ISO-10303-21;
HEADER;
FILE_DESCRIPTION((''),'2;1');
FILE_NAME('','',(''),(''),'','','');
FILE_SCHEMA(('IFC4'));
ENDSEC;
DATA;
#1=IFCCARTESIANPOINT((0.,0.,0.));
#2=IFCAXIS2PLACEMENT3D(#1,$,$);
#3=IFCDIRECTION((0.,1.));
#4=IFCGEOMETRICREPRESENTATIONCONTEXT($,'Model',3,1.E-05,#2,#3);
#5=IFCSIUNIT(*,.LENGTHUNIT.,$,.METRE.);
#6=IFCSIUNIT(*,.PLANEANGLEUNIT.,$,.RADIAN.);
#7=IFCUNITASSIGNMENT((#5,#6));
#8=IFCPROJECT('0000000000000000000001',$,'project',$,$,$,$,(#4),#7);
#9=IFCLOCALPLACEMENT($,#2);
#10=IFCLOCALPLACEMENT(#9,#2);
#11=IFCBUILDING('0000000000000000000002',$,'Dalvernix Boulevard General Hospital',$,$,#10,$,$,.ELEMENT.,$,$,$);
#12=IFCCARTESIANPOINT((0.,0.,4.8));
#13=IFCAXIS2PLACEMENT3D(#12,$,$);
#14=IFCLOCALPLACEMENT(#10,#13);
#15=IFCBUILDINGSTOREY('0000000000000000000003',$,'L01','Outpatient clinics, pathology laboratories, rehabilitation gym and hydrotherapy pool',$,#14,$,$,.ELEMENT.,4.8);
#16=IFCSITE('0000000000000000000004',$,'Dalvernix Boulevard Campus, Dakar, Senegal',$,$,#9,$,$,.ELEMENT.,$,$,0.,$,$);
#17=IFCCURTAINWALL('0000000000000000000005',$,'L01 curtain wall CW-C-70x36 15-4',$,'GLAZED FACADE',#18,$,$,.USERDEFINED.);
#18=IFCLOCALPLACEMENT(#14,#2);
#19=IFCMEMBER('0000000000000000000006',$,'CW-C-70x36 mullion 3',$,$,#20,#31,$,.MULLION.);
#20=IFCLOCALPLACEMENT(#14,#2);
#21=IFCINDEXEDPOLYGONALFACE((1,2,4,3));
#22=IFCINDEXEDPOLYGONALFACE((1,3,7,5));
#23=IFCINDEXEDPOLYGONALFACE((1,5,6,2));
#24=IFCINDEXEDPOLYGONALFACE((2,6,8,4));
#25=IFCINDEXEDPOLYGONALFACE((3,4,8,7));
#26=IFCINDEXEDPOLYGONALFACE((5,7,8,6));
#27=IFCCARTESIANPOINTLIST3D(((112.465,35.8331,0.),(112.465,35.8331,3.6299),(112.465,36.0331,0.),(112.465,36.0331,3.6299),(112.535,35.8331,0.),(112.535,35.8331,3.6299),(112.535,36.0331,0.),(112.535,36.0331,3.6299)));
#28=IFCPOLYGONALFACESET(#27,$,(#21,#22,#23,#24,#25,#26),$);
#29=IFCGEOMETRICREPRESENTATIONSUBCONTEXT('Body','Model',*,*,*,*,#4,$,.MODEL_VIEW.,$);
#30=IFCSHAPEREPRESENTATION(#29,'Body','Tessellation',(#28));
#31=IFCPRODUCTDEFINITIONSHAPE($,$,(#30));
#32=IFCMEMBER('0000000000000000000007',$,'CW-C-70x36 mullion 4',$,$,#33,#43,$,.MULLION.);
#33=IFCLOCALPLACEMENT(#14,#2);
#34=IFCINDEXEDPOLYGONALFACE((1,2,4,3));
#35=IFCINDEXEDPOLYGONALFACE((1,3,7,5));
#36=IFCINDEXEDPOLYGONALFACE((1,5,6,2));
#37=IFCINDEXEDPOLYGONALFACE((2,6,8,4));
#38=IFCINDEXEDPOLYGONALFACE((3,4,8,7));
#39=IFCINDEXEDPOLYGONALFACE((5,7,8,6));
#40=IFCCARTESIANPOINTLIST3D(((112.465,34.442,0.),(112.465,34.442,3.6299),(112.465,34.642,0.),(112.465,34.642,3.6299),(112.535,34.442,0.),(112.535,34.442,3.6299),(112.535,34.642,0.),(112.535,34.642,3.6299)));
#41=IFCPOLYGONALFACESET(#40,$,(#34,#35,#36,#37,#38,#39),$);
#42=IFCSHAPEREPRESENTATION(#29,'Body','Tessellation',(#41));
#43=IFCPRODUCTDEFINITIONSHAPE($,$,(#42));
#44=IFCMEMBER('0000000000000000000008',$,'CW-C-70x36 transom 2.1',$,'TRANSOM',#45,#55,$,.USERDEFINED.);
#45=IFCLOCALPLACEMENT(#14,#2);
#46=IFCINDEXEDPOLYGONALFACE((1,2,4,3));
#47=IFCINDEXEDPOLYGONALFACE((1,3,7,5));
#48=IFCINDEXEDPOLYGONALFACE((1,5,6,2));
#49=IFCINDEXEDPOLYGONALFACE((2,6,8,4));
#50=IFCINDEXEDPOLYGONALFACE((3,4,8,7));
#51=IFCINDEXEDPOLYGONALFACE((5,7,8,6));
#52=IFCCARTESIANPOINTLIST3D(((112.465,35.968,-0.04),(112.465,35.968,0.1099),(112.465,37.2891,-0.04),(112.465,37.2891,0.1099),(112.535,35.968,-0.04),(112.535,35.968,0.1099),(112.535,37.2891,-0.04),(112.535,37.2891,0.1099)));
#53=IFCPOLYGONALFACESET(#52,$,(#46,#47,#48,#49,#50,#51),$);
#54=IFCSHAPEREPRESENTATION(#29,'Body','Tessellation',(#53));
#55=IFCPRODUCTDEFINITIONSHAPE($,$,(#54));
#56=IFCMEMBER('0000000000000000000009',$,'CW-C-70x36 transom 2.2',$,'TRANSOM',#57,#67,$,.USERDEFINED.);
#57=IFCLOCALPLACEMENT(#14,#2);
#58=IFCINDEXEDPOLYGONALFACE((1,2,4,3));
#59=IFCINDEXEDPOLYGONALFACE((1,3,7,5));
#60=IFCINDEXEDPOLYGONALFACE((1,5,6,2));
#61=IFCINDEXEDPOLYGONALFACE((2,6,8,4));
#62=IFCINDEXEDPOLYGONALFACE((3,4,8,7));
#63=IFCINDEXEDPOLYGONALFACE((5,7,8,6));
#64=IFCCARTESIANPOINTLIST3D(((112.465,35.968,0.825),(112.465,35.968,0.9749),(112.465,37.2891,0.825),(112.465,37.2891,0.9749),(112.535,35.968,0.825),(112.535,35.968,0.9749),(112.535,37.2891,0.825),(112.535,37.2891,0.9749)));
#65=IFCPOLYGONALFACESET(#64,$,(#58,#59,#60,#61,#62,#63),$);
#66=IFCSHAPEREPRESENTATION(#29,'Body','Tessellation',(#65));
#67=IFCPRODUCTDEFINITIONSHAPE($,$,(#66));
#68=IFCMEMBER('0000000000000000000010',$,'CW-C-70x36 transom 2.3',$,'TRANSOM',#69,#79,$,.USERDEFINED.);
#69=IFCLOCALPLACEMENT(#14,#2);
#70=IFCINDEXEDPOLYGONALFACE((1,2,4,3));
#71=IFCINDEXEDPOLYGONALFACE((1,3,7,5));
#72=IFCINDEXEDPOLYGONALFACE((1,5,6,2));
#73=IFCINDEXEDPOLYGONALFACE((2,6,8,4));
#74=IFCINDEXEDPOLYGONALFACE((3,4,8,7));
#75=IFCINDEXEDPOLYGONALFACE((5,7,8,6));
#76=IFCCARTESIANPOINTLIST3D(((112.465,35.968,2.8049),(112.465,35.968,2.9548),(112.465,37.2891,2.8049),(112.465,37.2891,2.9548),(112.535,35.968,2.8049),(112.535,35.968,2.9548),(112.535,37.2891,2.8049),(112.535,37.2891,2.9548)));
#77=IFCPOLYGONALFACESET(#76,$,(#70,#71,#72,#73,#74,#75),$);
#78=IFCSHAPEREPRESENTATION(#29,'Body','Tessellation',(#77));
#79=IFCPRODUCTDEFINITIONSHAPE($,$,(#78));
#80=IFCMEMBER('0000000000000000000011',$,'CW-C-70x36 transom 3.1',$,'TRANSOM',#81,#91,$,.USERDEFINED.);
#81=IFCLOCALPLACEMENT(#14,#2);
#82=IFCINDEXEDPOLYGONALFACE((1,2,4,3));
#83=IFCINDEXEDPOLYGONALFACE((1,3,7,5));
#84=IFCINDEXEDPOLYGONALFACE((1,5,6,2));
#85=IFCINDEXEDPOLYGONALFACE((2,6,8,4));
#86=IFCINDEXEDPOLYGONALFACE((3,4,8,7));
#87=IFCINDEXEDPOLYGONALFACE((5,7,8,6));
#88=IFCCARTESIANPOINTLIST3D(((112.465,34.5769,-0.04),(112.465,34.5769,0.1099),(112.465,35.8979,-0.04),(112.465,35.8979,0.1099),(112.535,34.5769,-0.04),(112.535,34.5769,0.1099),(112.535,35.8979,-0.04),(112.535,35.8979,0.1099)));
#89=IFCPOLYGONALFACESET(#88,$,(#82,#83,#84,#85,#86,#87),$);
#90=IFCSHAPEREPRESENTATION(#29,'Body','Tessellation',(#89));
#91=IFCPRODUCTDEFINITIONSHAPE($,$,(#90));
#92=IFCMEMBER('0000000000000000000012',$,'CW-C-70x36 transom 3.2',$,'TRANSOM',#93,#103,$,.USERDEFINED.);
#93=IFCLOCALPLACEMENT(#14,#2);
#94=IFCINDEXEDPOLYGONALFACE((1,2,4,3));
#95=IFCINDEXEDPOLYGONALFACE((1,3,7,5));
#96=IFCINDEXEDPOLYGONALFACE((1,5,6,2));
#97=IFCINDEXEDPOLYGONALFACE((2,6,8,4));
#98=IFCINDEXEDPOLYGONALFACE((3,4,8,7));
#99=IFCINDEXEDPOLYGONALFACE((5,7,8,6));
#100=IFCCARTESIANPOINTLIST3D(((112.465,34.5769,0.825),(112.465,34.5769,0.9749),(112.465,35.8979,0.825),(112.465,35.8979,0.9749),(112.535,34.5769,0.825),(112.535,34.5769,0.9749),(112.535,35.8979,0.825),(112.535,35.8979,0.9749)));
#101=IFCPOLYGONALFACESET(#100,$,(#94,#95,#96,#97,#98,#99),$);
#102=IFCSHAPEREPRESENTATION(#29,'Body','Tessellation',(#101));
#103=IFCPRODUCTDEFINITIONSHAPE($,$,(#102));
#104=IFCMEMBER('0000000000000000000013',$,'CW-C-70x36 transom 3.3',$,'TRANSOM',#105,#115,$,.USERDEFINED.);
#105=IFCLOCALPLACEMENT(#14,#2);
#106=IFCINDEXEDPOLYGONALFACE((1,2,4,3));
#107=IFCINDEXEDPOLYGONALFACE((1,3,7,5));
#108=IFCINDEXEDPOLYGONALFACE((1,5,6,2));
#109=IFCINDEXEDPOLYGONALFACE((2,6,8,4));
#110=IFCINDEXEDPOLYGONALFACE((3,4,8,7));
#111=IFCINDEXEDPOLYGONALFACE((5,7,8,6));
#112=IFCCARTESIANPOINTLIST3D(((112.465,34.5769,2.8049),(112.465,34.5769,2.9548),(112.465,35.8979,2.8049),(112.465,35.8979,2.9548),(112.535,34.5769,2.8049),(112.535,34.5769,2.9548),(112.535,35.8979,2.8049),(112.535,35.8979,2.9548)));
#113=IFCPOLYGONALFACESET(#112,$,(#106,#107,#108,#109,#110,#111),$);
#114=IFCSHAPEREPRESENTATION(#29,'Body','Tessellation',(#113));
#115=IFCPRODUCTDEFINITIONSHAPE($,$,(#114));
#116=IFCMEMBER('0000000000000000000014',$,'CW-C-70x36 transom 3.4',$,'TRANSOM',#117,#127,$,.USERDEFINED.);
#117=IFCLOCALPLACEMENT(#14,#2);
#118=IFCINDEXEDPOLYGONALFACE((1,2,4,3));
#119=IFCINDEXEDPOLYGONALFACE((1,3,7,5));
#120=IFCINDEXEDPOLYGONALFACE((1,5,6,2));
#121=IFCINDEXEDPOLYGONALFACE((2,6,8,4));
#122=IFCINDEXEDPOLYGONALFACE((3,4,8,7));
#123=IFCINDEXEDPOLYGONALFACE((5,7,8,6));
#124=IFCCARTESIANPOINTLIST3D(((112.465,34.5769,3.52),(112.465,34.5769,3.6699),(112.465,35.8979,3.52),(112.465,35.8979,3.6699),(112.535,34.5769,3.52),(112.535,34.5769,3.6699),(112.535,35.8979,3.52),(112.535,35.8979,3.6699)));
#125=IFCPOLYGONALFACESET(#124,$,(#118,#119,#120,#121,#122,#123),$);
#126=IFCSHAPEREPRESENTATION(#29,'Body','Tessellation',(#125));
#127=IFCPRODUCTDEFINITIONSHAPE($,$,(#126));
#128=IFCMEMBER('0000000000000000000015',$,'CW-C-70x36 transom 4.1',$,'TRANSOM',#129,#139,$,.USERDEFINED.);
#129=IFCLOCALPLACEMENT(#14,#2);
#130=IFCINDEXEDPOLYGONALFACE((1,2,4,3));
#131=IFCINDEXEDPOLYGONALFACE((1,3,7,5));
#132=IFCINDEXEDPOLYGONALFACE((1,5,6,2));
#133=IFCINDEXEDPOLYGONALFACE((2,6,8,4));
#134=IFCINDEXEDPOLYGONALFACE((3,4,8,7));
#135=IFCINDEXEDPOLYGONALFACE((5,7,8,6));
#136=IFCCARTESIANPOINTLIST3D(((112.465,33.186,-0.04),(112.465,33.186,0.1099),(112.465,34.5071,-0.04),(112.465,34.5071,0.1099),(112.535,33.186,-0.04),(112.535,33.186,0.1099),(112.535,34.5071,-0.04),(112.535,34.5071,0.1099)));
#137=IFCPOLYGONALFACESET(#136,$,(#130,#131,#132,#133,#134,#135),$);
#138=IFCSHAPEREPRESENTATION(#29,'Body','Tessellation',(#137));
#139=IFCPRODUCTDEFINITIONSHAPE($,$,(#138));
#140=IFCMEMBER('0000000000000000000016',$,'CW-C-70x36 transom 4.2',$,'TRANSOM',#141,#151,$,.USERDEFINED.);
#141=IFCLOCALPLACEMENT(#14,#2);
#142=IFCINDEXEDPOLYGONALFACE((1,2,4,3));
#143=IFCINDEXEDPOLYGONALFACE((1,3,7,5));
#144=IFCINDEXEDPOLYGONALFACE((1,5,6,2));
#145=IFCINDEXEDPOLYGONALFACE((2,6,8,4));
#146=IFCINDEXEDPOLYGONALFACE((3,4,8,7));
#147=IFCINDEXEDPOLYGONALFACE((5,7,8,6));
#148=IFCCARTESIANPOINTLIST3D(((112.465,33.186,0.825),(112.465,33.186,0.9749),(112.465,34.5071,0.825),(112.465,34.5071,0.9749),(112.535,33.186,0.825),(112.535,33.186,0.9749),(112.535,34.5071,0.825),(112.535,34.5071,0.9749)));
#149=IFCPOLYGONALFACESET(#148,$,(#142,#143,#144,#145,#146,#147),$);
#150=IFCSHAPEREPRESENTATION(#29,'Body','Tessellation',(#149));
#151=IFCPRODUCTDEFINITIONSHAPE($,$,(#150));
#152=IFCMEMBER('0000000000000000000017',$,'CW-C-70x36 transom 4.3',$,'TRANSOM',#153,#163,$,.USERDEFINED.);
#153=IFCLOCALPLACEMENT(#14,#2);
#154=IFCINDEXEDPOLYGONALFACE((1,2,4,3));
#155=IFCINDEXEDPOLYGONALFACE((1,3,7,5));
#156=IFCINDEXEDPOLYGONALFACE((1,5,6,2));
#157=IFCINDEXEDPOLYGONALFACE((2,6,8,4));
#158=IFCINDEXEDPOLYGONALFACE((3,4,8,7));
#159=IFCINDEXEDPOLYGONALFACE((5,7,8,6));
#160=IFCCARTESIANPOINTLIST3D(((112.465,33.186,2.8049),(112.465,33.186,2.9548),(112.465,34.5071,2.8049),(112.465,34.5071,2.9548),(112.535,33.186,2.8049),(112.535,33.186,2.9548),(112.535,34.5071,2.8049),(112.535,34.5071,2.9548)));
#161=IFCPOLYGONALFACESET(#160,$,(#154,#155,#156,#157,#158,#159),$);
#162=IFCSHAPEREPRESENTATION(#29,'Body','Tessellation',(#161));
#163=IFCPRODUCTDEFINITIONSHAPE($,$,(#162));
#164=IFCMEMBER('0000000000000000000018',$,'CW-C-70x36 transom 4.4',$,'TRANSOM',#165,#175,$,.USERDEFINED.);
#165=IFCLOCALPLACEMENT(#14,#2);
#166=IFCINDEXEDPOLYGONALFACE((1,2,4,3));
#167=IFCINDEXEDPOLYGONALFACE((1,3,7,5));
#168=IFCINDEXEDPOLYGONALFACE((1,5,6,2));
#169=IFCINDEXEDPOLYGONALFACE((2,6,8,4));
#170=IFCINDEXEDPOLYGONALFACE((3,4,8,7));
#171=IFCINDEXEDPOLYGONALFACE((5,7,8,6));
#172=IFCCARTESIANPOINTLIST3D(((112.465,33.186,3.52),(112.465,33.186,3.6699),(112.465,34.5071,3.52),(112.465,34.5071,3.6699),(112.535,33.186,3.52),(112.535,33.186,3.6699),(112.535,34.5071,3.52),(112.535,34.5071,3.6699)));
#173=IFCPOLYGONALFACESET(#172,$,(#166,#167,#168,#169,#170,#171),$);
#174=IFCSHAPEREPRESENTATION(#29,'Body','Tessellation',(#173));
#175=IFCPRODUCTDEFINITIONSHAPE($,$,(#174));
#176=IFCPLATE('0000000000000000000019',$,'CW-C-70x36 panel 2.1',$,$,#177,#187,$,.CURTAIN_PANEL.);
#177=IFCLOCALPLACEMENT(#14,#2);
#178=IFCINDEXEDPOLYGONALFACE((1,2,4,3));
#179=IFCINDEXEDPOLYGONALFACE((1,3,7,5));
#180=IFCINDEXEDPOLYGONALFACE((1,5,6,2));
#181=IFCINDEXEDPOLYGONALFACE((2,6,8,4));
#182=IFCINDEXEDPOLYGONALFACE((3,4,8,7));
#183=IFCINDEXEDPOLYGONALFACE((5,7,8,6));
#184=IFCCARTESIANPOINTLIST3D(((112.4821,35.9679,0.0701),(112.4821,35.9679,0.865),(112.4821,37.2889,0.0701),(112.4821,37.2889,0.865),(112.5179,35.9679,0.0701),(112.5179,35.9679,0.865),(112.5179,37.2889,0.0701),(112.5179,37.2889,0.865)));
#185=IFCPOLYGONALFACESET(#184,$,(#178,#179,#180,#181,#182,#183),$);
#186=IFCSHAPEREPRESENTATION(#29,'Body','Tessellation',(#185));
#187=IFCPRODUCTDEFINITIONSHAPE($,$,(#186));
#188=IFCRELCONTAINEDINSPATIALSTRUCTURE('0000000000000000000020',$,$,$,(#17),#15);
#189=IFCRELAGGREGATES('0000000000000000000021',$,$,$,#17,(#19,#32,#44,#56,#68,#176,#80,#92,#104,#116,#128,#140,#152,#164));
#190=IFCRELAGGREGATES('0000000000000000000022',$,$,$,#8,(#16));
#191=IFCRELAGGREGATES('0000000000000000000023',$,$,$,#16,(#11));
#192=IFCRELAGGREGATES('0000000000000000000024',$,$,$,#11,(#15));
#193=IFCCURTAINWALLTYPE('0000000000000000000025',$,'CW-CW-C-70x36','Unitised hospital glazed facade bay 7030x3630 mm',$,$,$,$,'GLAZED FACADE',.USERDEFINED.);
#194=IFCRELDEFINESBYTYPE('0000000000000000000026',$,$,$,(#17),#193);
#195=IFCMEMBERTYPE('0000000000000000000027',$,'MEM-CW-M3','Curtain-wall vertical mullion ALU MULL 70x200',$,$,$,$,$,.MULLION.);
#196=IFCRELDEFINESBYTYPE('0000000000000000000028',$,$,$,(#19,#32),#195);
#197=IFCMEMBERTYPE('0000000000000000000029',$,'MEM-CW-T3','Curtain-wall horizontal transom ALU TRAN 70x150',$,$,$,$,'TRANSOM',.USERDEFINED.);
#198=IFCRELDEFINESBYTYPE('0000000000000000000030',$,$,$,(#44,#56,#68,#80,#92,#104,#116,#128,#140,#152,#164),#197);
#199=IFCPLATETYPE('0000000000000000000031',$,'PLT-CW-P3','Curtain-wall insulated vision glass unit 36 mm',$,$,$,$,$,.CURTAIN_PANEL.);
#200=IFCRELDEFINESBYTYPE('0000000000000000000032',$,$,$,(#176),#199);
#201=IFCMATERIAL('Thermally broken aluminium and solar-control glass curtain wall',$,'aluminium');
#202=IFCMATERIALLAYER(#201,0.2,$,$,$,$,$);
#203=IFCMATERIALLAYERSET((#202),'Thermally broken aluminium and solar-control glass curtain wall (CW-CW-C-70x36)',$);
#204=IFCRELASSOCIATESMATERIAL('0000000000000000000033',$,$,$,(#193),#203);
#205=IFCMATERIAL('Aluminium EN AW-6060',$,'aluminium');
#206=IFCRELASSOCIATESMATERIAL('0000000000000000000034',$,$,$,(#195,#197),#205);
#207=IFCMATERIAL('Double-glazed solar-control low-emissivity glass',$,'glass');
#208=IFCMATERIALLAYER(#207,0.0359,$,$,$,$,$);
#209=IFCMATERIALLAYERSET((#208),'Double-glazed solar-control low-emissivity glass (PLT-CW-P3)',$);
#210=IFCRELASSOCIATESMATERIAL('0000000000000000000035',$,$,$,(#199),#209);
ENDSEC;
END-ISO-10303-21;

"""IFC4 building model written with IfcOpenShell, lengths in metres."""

from ifc_helpers import new_model, si_unit, direction, frame, origin, origin_2d, place, context, subcontext, project, spatial, rectangle, extrude, material, layer, layer_set, material_profile, profile_set, type_object, element, aggregate, save


model = new_model("IFC4")

# Units and contexts
model_context = context("Model", 3, precision=1e-05, world=origin(), true_north=direction((0.0, 1.0)))
body_context = subcontext(model_context, "Body", "Model", "MODEL_VIEW")
ifc_project = project(units=[si_unit("LENGTHUNIT", "METRE"), si_unit("PLANEANGLEUNIT", "RADIAN")], contexts=[model_context])

# Site, building, storey
site_placement = place(None, origin())
site = spatial("IfcSite", under=ifc_project, at=site_placement, Name="Dalvernix Boulevard Campus, Dakar, Senegal", CompositionType="ELEMENT", RefElevation=0.0)
building_placement = place(site_placement, origin())
building = spatial("IfcBuilding", under=site, at=building_placement, Name="Dalvernix Boulevard General Hospital", CompositionType="ELEMENT")
storey_placement = place(building_placement, frame((0.0, 0.0, 4.8)))
storey = spatial("IfcBuildingStorey", under=building, at=storey_placement, Name="L01", Description="Outpatient clinics, pathology laboratories, rehabilitation gym and hydrotherapy pool", CompositionType="ELEMENT", Elevation=4.8)

# Curtain wall, members, plate
ifc_material_1 = material(Name="Thermally broken aluminium and solar-control glass curtain wall", Category="aluminium")
ifc_layer_1 = layer(ifc_material_1, 0.2)
ifc_layer_set_1 = layer_set([ifc_layer_1], Name="Thermally broken aluminium and solar-control glass curtain wall (CW-CW-C-70x36)")
curtain_wall_type = type_object("IfcCurtainWallType", Name="CW-CW-C-70x36", Description="Unitised hospital glazed facade bay 7030x3630 mm", ElementType="GLAZED FACADE", PredefinedType="USERDEFINED", material=ifc_layer_set_1)
curtain_wall_placement = place(storey_placement, origin())
curtain_wall = element("IfcCurtainWall", 1, at=curtain_wall_placement, inside=storey, type_object=curtain_wall_type, Name="L01 curtain wall CW-C-70x36 15-4", ObjectType="GLAZED FACADE", PredefinedType="USERDEFINED")
ifc_material_2 = material(Name="Aluminium EN AW-6060", Category="aluminium")
ifc_material_profile_1 = material_profile(ifc_material_2, rectangle(XDim=0.0701, YDim=0.2, at=origin_2d()), Name="ALU MULL 70x200")
ifc_profile_set_1 = profile_set([ifc_material_profile_1], Name="Aluminium EN AW-6060")
member_type_1 = type_object("IfcMemberType", Name="MEM-CW-M3", Description="Curtain-wall vertical mullion ALU MULL 70x200", PredefinedType="MULLION", material=ifc_profile_set_1)
member_1_placement = place(storey_placement, frame((112.5, 35.9331, 0.0), z_axis=(0.0, 0.0, 1.0), x_axis=(1.0, 0.0, 0.0)))
member_1 = element("IfcMember", 2, at=member_1_placement, type_object=member_type_1, Name="CW-C-70x36 mullion 3", PredefinedType="MULLION", context=body_context, shape_type="SweptSolid", body=[
    extrude(rectangle(XDim=0.0701, YDim=0.2, at=origin_2d()), origin(), (0.0, 0.0, 1.0), 3.6299),
])
member_2_placement = place(storey_placement, frame((112.5, 34.542, 0.0), z_axis=(0.0, 0.0, 1.0), x_axis=(1.0, 0.0, 0.0)))
member_2 = element("IfcMember", 3, at=member_2_placement, type_object=member_type_1, Name="CW-C-70x36 mullion 4", PredefinedType="MULLION", context=body_context, shape_type="SweptSolid", body=[
    extrude(rectangle(XDim=0.0701, YDim=0.2, at=origin_2d()), origin(), (0.0, 0.0, 1.0), 3.6299),
])
ifc_material_profile_2 = material_profile(ifc_material_2, rectangle(XDim=0.0701, YDim=0.1499, at=origin_2d()), Name="ALU TRAN 70x150")
ifc_profile_set_2 = profile_set([ifc_material_profile_2], Name="Aluminium EN AW-6060")
member_type_2 = type_object("IfcMemberType", Name="MEM-CW-T3", Description="Curtain-wall horizontal transom ALU TRAN 70x150", ElementType="TRANSOM", PredefinedType="USERDEFINED", material=ifc_profile_set_2)
member_3_placement = place(storey_placement, frame((112.5, 37.2891, 0.0349), z_axis=(0.0, -1.0, 0.0), x_axis=(1.0, 0.0, 0.0)))
member_3 = element("IfcMember", 4, at=member_3_placement, type_object=member_type_2, Name="CW-C-70x36 transom 2.1", ObjectType="TRANSOM", PredefinedType="USERDEFINED", context=body_context, shape_type="SweptSolid", body=[
    extrude(rectangle(XDim=0.0701, YDim=0.1499, at=origin_2d()), origin(), (0.0, 0.0, 1.0), 1.321),
])
member_4_placement = place(storey_placement, frame((112.5, 37.2891, 0.8999), z_axis=(0.0, -1.0, 0.0), x_axis=(1.0, 0.0, 0.0)))
member_4 = element("IfcMember", 5, at=member_4_placement, type_object=member_type_2, Name="CW-C-70x36 transom 2.2", ObjectType="TRANSOM", PredefinedType="USERDEFINED", context=body_context, shape_type="SweptSolid", body=[
    extrude(rectangle(XDim=0.0701, YDim=0.1499, at=origin_2d()), origin(), (0.0, 0.0, 1.0), 1.321),
])
member_5_placement = place(storey_placement, frame((112.5, 37.2891, 2.8799), z_axis=(0.0, -1.0, 0.0), x_axis=(1.0, 0.0, 0.0)))
member_5 = element("IfcMember", 6, at=member_5_placement, type_object=member_type_2, Name="CW-C-70x36 transom 2.3", ObjectType="TRANSOM", PredefinedType="USERDEFINED", context=body_context, shape_type="SweptSolid", body=[
    extrude(rectangle(XDim=0.0701, YDim=0.1499, at=origin_2d()), origin(), (0.0, 0.0, 1.0), 1.321),
])
member_6_placement = place(storey_placement, frame((112.5, 35.8979, 0.0349), z_axis=(0.0, -1.0, 0.0), x_axis=(1.0, 0.0, 0.0)))
member_6 = element("IfcMember", 7, at=member_6_placement, type_object=member_type_2, Name="CW-C-70x36 transom 3.1", ObjectType="TRANSOM", PredefinedType="USERDEFINED", context=body_context, shape_type="SweptSolid", body=[
    extrude(rectangle(XDim=0.0701, YDim=0.1499, at=origin_2d()), origin(), (0.0, 0.0, 1.0), 1.321),
])
member_7_placement = place(storey_placement, frame((112.5, 35.8979, 0.8999), z_axis=(0.0, -1.0, 0.0), x_axis=(1.0, 0.0, 0.0)))
member_7 = element("IfcMember", 8, at=member_7_placement, type_object=member_type_2, Name="CW-C-70x36 transom 3.2", ObjectType="TRANSOM", PredefinedType="USERDEFINED", context=body_context, shape_type="SweptSolid", body=[
    extrude(rectangle(XDim=0.0701, YDim=0.1499, at=origin_2d()), origin(), (0.0, 0.0, 1.0), 1.321),
])
member_8_placement = place(storey_placement, frame((112.5, 35.8979, 2.8799), z_axis=(0.0, -1.0, 0.0), x_axis=(1.0, 0.0, 0.0)))
member_8 = element("IfcMember", 9, at=member_8_placement, type_object=member_type_2, Name="CW-C-70x36 transom 3.3", ObjectType="TRANSOM", PredefinedType="USERDEFINED", context=body_context, shape_type="SweptSolid", body=[
    extrude(rectangle(XDim=0.0701, YDim=0.1499, at=origin_2d()), origin(), (0.0, 0.0, 1.0), 1.321),
])
member_9_placement = place(storey_placement, frame((112.5, 35.8979, 3.595), z_axis=(0.0, -1.0, 0.0), x_axis=(1.0, 0.0, 0.0)))
member_9 = element("IfcMember", 10, at=member_9_placement, type_object=member_type_2, Name="CW-C-70x36 transom 3.4", ObjectType="TRANSOM", PredefinedType="USERDEFINED", context=body_context, shape_type="SweptSolid", body=[
    extrude(rectangle(XDim=0.0701, YDim=0.1499, at=origin_2d()), origin(), (0.0, 0.0, 1.0), 1.321),
])
member_10_placement = place(storey_placement, frame((112.5, 34.5071, 0.0349), z_axis=(0.0, -1.0, 0.0), x_axis=(1.0, 0.0, 0.0)))
member_10 = element("IfcMember", 11, at=member_10_placement, type_object=member_type_2, Name="CW-C-70x36 transom 4.1", ObjectType="TRANSOM", PredefinedType="USERDEFINED", context=body_context, shape_type="SweptSolid", body=[
    extrude(rectangle(XDim=0.0701, YDim=0.1499, at=origin_2d()), origin(), (0.0, 0.0, 1.0), 1.321),
])
member_11_placement = place(storey_placement, frame((112.5, 34.5071, 0.8999), z_axis=(0.0, -1.0, 0.0), x_axis=(1.0, 0.0, 0.0)))
member_11 = element("IfcMember", 12, at=member_11_placement, type_object=member_type_2, Name="CW-C-70x36 transom 4.2", ObjectType="TRANSOM", PredefinedType="USERDEFINED", context=body_context, shape_type="SweptSolid", body=[
    extrude(rectangle(XDim=0.0701, YDim=0.1499, at=origin_2d()), origin(), (0.0, 0.0, 1.0), 1.321),
])
member_12_placement = place(storey_placement, frame((112.5, 34.5071, 2.8799), z_axis=(0.0, -1.0, 0.0), x_axis=(1.0, 0.0, 0.0)))
member_12 = element("IfcMember", 13, at=member_12_placement, type_object=member_type_2, Name="CW-C-70x36 transom 4.3", ObjectType="TRANSOM", PredefinedType="USERDEFINED", context=body_context, shape_type="SweptSolid", body=[
    extrude(rectangle(XDim=0.0701, YDim=0.1499, at=origin_2d()), origin(), (0.0, 0.0, 1.0), 1.321),
])
member_13_placement = place(storey_placement, frame((112.5, 34.5071, 3.595), z_axis=(0.0, -1.0, 0.0), x_axis=(1.0, 0.0, 0.0)))
member_13 = element("IfcMember", 14, at=member_13_placement, type_object=member_type_2, Name="CW-C-70x36 transom 4.4", ObjectType="TRANSOM", PredefinedType="USERDEFINED", context=body_context, shape_type="SweptSolid", body=[
    extrude(rectangle(XDim=0.0701, YDim=0.1499, at=origin_2d()), origin(), (0.0, 0.0, 1.0), 1.321),
])
ifc_material_3 = material(Name="Double-glazed solar-control low-emissivity glass", Category="glass")
ifc_layer_2 = layer(ifc_material_3, 0.0359)
ifc_layer_set_2 = layer_set([ifc_layer_2], Name="Double-glazed solar-control low-emissivity glass (PLT-CW-P3)")
plate_type = type_object("IfcPlateType", Name="PLT-CW-P3", Description="Curtain-wall insulated vision glass unit 36 mm", PredefinedType="CURTAIN_PANEL", material=ifc_layer_set_2)
plate_1_placement = place(storey_placement, frame((112.5, 36.6284, 0.0701), z_axis=(0.0, 0.0, 1.0), x_axis=(0.0, -1.0, 0.0)))
plate_1 = element("IfcPlate", 15, at=plate_1_placement, type_object=plate_type, Name="CW-C-70x36 panel 2.1", PredefinedType="CURTAIN_PANEL", context=body_context, shape_type="SweptSolid", body=[
    extrude(rectangle(XDim=1.321, YDim=0.0359, at=origin_2d()), origin(), (0.0, 0.0, 1.0), 0.7949),
])
aggregate(curtain_wall, [member_1, member_2, member_3, member_4, member_5, plate_1, member_6, member_7, member_8, member_9, member_10, member_11, member_12, member_13])

save(model, "model.ifc")
